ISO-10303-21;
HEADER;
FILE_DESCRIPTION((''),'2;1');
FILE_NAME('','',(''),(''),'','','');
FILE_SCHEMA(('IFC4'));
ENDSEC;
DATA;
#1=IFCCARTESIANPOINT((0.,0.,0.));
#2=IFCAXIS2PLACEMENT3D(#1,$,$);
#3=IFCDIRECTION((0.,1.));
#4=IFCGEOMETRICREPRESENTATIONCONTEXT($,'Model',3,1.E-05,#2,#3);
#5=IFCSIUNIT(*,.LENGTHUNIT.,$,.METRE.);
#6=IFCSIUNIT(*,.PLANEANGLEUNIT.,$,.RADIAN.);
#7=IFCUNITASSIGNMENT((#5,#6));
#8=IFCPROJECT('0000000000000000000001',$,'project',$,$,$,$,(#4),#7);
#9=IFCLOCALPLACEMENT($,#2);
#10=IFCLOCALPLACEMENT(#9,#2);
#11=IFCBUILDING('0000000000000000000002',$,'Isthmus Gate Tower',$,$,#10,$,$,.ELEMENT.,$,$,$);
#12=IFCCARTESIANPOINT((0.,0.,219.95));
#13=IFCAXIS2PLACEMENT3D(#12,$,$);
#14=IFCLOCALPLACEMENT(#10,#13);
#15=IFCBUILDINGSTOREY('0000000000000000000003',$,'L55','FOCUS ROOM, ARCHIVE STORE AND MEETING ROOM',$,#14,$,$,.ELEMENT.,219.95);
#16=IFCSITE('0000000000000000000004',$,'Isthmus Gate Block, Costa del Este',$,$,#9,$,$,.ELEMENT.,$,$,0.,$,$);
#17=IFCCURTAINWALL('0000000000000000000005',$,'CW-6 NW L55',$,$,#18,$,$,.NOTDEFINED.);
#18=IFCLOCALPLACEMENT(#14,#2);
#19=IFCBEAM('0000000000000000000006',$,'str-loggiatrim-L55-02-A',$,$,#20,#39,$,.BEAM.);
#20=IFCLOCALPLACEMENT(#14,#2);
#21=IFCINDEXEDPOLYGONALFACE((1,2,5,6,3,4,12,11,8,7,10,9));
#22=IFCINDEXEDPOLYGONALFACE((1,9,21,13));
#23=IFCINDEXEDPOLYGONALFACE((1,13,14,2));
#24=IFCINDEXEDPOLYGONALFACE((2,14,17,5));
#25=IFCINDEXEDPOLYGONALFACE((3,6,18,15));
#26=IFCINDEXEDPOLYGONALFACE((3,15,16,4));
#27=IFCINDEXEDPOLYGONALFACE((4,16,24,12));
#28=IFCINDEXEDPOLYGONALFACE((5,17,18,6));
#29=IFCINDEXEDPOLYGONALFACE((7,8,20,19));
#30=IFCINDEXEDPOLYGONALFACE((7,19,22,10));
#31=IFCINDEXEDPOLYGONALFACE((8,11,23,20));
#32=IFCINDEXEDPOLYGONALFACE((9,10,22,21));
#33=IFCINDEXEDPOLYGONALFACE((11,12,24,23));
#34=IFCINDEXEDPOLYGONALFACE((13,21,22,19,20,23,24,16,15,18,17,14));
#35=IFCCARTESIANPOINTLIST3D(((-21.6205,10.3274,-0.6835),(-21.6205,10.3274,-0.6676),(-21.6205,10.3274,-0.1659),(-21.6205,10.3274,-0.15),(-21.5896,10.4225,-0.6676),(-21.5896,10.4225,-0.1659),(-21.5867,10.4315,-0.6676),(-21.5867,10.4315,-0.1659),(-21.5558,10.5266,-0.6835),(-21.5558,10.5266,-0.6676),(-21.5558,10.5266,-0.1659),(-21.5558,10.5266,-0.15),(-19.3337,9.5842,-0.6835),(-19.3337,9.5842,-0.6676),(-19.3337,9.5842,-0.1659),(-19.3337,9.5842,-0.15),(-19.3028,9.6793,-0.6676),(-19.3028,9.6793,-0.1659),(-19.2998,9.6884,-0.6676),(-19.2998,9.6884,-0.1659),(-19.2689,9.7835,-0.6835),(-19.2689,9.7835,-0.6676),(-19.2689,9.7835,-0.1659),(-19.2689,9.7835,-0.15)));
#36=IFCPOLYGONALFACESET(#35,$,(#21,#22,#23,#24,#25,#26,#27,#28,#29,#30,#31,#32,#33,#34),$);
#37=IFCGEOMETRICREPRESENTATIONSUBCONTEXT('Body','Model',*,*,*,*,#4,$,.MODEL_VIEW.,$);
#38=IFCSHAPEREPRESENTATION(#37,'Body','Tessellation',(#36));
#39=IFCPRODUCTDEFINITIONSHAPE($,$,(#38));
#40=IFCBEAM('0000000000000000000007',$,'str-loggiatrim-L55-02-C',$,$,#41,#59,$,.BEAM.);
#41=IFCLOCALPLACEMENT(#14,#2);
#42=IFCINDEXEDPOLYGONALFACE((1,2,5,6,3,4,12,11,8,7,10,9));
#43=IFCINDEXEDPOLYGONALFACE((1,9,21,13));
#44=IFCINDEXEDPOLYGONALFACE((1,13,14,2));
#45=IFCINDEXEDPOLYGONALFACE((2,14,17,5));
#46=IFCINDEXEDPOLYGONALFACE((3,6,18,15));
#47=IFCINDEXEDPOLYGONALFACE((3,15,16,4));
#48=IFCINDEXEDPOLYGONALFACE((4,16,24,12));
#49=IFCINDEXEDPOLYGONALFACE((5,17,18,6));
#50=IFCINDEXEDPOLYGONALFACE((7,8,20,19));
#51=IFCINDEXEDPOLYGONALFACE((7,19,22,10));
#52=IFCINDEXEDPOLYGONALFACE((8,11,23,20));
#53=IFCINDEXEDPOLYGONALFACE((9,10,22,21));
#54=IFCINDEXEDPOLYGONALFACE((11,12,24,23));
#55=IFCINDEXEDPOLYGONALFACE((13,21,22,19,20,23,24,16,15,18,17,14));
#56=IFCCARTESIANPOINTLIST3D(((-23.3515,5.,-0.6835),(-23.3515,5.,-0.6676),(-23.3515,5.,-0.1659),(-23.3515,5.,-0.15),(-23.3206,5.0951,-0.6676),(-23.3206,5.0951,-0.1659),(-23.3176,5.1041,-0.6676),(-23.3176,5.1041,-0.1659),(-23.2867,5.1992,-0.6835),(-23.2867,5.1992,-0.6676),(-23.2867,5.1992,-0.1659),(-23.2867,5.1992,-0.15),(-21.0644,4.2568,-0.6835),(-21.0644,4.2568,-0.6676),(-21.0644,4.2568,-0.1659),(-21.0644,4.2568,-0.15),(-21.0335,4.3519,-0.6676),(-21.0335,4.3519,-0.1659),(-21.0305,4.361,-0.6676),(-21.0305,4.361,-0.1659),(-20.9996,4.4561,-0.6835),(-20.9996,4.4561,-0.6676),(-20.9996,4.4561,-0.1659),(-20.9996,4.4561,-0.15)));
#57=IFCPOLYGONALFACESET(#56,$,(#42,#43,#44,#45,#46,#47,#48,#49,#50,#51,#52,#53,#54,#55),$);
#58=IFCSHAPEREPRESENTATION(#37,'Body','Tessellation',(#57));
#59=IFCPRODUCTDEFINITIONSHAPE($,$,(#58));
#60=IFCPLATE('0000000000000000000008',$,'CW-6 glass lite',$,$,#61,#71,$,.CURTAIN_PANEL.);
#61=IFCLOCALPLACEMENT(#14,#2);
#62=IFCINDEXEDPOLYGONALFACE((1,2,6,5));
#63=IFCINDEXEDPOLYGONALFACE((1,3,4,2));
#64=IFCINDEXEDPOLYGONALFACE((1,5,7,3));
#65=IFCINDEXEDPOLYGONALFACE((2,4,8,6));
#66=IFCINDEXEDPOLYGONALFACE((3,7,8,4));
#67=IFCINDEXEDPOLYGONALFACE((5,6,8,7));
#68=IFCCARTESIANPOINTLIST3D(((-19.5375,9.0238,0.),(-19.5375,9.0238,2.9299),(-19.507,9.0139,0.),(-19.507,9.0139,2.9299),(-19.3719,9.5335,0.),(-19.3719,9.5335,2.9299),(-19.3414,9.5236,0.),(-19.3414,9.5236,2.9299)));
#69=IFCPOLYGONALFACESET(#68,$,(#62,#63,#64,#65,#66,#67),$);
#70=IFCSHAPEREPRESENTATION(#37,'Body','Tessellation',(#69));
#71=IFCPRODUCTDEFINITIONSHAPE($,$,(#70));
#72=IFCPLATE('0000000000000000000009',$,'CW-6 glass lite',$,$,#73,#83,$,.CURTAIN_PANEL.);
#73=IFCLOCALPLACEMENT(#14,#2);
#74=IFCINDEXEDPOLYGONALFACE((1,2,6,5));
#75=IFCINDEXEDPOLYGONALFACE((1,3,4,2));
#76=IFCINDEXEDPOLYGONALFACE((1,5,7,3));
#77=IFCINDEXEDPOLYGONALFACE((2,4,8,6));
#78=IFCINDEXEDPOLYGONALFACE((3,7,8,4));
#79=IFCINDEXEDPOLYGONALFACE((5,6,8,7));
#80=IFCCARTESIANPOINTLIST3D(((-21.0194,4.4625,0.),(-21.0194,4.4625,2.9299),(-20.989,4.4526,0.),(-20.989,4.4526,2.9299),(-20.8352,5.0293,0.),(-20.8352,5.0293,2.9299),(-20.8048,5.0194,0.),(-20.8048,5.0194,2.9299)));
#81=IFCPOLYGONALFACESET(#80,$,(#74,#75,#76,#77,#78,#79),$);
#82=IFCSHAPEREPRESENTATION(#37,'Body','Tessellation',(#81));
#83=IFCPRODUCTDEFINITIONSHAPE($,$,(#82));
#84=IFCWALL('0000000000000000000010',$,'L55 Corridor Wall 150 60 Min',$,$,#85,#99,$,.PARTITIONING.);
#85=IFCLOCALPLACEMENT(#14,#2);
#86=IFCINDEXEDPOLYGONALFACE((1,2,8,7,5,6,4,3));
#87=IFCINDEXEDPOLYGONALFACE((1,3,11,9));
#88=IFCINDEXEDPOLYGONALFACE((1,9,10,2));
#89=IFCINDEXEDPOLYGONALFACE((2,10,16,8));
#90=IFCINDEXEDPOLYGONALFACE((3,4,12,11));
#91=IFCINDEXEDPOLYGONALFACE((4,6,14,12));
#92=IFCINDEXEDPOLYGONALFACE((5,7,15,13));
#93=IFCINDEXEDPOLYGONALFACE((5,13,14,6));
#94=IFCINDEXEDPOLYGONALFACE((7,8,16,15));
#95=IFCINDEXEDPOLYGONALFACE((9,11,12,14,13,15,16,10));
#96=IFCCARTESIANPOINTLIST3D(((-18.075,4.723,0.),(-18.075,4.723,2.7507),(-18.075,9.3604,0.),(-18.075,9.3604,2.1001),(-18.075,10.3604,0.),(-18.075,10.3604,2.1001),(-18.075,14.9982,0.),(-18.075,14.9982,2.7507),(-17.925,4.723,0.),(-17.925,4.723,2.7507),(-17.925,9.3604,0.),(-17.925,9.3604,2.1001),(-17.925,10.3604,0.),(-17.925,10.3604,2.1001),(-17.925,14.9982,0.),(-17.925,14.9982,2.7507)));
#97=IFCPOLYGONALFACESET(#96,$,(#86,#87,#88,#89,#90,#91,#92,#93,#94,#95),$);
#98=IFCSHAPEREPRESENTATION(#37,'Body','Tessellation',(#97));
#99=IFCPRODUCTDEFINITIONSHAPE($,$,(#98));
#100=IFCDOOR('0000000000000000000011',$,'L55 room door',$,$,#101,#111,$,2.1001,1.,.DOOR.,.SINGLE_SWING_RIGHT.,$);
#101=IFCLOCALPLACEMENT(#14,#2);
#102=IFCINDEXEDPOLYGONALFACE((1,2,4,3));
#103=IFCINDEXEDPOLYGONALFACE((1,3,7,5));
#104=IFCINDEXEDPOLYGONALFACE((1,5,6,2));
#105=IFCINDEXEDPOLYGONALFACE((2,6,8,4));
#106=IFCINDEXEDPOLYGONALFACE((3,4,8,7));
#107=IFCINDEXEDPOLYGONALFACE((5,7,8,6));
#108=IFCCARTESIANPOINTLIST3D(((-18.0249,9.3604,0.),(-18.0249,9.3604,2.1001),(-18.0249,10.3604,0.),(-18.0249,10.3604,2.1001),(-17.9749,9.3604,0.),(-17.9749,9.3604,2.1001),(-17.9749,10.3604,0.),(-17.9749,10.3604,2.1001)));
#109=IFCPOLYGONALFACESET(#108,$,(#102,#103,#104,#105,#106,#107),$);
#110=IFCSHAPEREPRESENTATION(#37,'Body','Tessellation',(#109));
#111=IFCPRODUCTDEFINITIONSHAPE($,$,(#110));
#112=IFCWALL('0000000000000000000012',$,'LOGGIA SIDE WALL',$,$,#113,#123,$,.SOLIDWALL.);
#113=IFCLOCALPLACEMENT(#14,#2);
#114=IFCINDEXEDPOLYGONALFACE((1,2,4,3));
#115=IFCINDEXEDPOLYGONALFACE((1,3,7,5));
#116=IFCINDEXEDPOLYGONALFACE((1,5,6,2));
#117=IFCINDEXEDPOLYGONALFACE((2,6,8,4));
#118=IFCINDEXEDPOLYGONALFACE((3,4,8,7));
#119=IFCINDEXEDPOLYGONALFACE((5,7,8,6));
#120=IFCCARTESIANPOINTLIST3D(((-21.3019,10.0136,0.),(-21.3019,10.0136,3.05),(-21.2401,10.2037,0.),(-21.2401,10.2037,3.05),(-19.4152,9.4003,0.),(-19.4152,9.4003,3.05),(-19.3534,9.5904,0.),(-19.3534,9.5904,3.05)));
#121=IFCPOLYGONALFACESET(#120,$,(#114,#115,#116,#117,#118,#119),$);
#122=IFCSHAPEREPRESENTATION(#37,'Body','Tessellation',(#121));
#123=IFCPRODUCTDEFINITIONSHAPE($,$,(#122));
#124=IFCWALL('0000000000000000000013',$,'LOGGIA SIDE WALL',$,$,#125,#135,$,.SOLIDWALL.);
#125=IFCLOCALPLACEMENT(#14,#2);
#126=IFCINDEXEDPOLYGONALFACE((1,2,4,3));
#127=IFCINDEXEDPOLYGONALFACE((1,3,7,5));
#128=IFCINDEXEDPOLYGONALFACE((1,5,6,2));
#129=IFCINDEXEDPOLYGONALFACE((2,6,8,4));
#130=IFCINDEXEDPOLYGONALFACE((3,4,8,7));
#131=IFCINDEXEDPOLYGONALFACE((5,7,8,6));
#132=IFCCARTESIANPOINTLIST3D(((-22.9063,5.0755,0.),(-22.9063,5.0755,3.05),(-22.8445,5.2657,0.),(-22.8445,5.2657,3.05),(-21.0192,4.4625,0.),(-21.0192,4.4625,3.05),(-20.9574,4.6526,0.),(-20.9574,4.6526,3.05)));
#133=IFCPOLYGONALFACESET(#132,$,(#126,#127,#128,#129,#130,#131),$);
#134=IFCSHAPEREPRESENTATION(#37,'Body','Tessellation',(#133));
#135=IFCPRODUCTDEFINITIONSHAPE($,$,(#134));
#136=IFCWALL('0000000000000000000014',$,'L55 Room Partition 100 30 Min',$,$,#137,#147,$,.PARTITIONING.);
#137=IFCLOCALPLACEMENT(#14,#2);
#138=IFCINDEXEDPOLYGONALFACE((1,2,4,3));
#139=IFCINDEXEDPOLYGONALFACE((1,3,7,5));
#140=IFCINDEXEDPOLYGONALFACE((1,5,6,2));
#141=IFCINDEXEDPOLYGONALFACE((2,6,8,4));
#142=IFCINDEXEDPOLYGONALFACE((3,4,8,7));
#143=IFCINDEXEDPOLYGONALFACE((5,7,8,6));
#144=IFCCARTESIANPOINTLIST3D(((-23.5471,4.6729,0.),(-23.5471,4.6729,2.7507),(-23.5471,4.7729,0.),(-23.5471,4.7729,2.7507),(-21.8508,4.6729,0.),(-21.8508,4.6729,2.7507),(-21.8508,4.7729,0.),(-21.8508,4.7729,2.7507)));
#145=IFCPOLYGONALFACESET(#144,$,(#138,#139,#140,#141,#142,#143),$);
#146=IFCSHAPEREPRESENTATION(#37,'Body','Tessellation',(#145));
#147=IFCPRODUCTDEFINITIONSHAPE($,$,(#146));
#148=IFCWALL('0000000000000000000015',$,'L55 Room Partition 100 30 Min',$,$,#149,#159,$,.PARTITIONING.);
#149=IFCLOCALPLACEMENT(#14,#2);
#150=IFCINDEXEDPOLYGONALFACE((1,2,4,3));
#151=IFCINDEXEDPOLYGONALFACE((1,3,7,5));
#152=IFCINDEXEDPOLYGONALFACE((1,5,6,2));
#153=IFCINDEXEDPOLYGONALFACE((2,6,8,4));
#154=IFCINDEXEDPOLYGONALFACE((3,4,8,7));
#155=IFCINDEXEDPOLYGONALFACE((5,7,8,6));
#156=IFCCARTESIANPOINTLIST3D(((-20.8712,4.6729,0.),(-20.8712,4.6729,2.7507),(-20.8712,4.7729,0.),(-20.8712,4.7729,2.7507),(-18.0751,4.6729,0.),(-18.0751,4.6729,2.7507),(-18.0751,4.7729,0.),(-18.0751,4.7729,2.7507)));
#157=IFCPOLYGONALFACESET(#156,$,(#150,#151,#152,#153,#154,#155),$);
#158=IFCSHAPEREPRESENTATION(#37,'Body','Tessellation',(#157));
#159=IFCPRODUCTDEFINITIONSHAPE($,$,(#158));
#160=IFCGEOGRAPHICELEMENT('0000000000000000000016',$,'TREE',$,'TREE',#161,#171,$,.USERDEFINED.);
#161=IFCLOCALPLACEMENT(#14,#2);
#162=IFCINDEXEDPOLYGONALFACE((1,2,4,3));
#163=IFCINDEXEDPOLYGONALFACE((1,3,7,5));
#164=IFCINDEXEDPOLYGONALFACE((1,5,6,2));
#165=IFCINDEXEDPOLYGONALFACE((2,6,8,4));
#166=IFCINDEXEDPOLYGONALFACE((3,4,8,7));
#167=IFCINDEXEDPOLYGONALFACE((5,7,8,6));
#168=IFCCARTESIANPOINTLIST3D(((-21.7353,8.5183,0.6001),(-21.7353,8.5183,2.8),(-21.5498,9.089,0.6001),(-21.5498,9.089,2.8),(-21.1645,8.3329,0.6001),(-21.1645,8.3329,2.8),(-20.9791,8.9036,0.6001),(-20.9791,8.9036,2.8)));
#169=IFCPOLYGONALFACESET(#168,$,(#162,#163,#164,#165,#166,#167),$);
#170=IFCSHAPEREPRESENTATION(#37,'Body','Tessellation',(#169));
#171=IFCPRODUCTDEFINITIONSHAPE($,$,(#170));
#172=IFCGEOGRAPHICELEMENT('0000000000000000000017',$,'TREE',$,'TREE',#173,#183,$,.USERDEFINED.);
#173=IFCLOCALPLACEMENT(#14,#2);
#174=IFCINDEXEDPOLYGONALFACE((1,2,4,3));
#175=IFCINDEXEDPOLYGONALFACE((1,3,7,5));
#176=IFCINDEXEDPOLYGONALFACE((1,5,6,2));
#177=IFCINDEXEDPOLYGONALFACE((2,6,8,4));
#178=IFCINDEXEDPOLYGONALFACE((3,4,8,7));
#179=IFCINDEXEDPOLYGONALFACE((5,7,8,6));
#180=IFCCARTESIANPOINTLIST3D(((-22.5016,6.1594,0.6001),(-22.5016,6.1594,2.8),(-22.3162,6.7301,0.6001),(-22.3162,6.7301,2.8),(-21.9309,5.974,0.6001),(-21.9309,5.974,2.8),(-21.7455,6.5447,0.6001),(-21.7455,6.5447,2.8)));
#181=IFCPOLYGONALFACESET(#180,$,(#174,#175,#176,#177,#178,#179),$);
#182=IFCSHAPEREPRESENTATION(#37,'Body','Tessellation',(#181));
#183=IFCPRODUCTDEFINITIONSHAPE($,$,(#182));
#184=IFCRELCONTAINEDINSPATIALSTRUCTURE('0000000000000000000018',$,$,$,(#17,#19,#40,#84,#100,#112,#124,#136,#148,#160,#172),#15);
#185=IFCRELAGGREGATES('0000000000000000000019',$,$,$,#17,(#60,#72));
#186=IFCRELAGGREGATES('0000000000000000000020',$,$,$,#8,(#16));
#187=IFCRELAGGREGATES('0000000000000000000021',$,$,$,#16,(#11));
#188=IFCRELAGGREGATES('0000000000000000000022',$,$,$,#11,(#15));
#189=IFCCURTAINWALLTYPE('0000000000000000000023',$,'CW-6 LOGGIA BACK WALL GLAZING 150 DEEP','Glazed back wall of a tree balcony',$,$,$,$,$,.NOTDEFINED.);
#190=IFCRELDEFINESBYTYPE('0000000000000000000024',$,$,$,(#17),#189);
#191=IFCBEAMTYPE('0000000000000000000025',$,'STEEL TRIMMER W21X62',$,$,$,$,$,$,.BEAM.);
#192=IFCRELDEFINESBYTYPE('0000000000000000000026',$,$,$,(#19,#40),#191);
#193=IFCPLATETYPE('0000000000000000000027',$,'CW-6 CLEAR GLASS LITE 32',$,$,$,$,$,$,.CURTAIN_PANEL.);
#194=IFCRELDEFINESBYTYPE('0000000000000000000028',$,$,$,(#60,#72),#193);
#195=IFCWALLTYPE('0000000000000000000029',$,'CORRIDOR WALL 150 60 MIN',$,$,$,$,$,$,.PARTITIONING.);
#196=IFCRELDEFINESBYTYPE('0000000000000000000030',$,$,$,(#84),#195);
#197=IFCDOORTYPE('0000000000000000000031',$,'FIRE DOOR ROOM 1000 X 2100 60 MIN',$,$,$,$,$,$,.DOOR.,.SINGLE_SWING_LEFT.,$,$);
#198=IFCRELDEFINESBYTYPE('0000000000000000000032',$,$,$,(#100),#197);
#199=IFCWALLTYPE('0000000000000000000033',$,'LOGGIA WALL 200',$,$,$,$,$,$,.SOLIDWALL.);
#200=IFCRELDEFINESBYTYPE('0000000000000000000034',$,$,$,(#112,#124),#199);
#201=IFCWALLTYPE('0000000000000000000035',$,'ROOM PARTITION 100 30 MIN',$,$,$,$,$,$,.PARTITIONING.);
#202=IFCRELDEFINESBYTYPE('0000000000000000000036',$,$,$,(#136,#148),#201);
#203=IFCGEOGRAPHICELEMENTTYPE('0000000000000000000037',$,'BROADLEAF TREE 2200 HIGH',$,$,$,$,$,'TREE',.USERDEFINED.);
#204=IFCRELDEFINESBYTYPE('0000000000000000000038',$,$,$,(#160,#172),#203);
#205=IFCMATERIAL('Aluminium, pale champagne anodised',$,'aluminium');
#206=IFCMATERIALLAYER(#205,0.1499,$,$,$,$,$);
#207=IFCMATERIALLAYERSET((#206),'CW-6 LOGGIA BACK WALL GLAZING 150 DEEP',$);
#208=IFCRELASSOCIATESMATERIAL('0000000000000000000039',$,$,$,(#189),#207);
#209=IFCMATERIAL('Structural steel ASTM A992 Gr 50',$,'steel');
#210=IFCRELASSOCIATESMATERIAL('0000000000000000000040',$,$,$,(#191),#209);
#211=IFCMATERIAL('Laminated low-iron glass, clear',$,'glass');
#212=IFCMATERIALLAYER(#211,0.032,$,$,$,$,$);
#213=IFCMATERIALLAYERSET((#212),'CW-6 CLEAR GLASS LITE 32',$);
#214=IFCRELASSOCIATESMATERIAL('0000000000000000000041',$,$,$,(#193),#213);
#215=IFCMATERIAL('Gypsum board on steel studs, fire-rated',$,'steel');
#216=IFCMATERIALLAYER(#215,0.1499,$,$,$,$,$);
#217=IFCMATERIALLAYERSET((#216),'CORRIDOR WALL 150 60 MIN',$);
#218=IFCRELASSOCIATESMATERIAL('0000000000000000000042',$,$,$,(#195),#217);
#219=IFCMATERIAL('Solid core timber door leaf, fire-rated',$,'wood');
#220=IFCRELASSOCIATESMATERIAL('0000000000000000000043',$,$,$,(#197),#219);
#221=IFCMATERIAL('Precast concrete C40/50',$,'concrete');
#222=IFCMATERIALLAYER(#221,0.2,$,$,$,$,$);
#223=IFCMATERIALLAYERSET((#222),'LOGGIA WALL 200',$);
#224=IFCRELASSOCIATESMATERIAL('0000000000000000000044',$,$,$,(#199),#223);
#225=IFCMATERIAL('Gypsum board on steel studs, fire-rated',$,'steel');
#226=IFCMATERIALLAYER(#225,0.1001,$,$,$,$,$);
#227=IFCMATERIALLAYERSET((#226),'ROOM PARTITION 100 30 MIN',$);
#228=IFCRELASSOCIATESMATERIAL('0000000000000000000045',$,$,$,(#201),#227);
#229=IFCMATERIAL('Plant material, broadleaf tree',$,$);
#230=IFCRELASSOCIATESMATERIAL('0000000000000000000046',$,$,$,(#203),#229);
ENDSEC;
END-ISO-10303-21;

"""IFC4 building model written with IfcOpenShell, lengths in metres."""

from ifc_helpers import new_model, si_unit, direction, frame, frame_2d, origin, origin_2d, place, context, subcontext, project, spatial, rectangle, i_section, extrude, material, layer, layer_set, material_profile, profile_set, type_object, element, fill, aggregate, save


model = new_model("IFC4")

# Units and contexts
model_context = context("Model", 3, precision=1e-05, world=origin(), true_north=direction((0.0, 1.0)))
body_context = subcontext(model_context, "Body", "Model", "MODEL_VIEW")
ifc_project = project(units=[si_unit("LENGTHUNIT", "METRE"), si_unit("PLANEANGLEUNIT", "RADIAN")], contexts=[model_context])

# Site, building, storey
site_placement = place(None, origin())
site = spatial("IfcSite", under=ifc_project, at=site_placement, Name="Isthmus Gate Block, Costa del Este", CompositionType="ELEMENT", RefElevation=0.0)
building_placement = place(site_placement, origin())
building = spatial("IfcBuilding", under=site, at=building_placement, Name="Isthmus Gate Tower", CompositionType="ELEMENT")
storey_placement = place(building_placement, frame((0.0, 0.0, 219.95)))
storey = spatial("IfcBuildingStorey", under=building, at=storey_placement, Name="L55", Description="FOCUS ROOM, ARCHIVE STORE AND MEETING ROOM", CompositionType="ELEMENT", Elevation=219.95)

# Curtain wall
ifc_material_1 = material(Name="Aluminium, pale champagne anodised", Category="aluminium")
ifc_layer_1 = layer(ifc_material_1, 0.1499)
ifc_layer_set_1 = layer_set([ifc_layer_1], Name="CW-6 LOGGIA BACK WALL GLAZING 150 DEEP")
curtain_wall_type_1 = type_object("IfcCurtainWallType", Name="CW-6 LOGGIA BACK WALL GLAZING 150 DEEP", Description="Glazed back wall of a tree balcony", PredefinedType="NOTDEFINED", material=ifc_layer_set_1)
curtain_wall_1_placement = place(storey_placement, origin())
curtain_wall_1 = element("IfcCurtainWall", 1, at=curtain_wall_1_placement, inside=storey, type_object=curtain_wall_type_1, Name="CW-6 NW L55", PredefinedType="NOTDEFINED")

# Beams
ifc_material_2 = material(Name="Structural steel ASTM A992 Gr 50", Category="steel")
ifc_material_profile_1 = material_profile(ifc_material_2, i_section(OverallWidth=0.2095, OverallDepth=0.5334, WebThickness=0.0095, FlangeThickness=0.0159, at=origin_2d()), Name="W21X62")
ifc_profile_set_1 = profile_set([ifc_material_profile_1], Name="Structural steel ASTM A992 Gr 50")
beam_type_1 = type_object("IfcBeamType", Name="STEEL TRIMMER W21X62", PredefinedType="BEAM", material=ifc_profile_set_1)
beam_1_placement = place(storey_placement, frame((-21.5881, 10.427, -0.4167), z_axis=(0.951042, -0.309061, 0.0), x_axis=(0.309061, 0.951042, 0.0)))
element("IfcBeam", 2, at=beam_1_placement, inside=storey, type_object=beam_type_1, Name="str-loggiatrim-L55-02-A", PredefinedType="BEAM", context=body_context, shape_type="SweptSolid", body=[
    extrude(i_section(OverallWidth=0.2095, OverallDepth=0.5334, WebThickness=0.0095, FlangeThickness=0.0159, at=origin_2d()), origin(), (0.0, 0.0, 1.0), 2.4045),
])
beam_2_placement = place(storey_placement, frame((-23.3191, 5.0996, -0.4167), z_axis=(0.951052, -0.309031, 0.0), x_axis=(0.309031, 0.951052, 0.0)))
element("IfcBeam", 3, at=beam_2_placement, inside=storey, type_object=beam_type_1, Name="str-loggiatrim-L55-02-C", PredefinedType="BEAM", context=body_context, shape_type="SweptSolid", body=[
    extrude(i_section(OverallWidth=0.2095, OverallDepth=0.5334, WebThickness=0.0095, FlangeThickness=0.0159, at=origin_2d()), origin(), (0.0, 0.0, 1.0), 2.4048),
])

# Plates
ifc_material_3 = material(Name="Laminated low-iron glass, clear", Category="glass")
ifc_layer_2 = layer(ifc_material_3, 0.032)
ifc_layer_set_2 = layer_set([ifc_layer_2], Name="CW-6 CLEAR GLASS LITE 32")
plate_type = type_object("IfcPlateType", Name="CW-6 CLEAR GLASS LITE 32", PredefinedType="CURTAIN_PANEL", material=ifc_layer_set_2)
plate_1_placement = place(storey_placement, frame((-19.4395, 9.2737, 0.0), z_axis=(0.0, 0.0, 1.0), x_axis=(-0.309017, -0.951057, 0.0)))
plate_1 = element("IfcPlate", 4, at=plate_1_placement, type_object=plate_type, Name="CW-6 glass lite", PredefinedType="CURTAIN_PANEL", context=body_context, shape_type="SweptSolid", body=[
    extrude(rectangle(XDim=0.5359, YDim=0.032, at=origin_2d()), origin(), (0.0, 0.0, 1.0), 2.9299),
])
plate_2_placement = place(storey_placement, frame((-20.9121, 4.741, 0.0), z_axis=(0.0, 0.0, 1.0), x_axis=(-0.309017, -0.951057, 0.0)))
plate_2 = element("IfcPlate", 5, at=plate_2_placement, type_object=plate_type, Name="CW-6 glass lite", PredefinedType="CURTAIN_PANEL", context=body_context, shape_type="SweptSolid", body=[
    extrude(rectangle(XDim=0.5959, YDim=0.032, at=origin_2d()), origin(), (0.0, 0.0, 1.0), 2.9299),
])
aggregate(curtain_wall_1, [plate_1, plate_2])

# Wall, opening, door
ifc_material_4 = material(Name="Gypsum board on steel studs, fire-rated", Category="steel")
ifc_layer_3 = layer(ifc_material_4, 0.1499)
ifc_layer_set_3 = layer_set([ifc_layer_3], Name="CORRIDOR WALL 150 60 MIN")
wall_type_1 = type_object("IfcWallType", Name="CORRIDOR WALL 150 60 MIN", PredefinedType="PARTITIONING", material=ifc_layer_set_3)
wall_1_placement = place(storey_placement, frame((-18.0, 4.7229, 0.0), z_axis=(0.0, 0.0, 1.0), x_axis=(0.0, 1.0, 0.0)))
wall_1 = element("IfcWall", 6, at=wall_1_placement, inside=storey, type_object=wall_type_1, Name="L55 Corridor Wall 150 60 Min", PredefinedType="PARTITIONING", context=body_context, shape_type="SweptSolid", body=[
    extrude(rectangle(XDim=10.2751, YDim=0.1499, at=frame_2d((5.1377, 0.0))), origin(), (0.0, 0.0, 1.0), 2.7507),
])
opening_1_placement = place(wall_1_placement, frame((4.6375, 0.0, 0.0)))
opening_1 = element("IfcOpeningElement", 7, at=opening_1_placement, cuts=wall_1, PredefinedType="OPENING", context=body_context, shape_type="SweptSolid", body=[
    extrude(rectangle(XDim=1.0, YDim=2.1001, at=frame_2d((0.5, 1.05))), frame((0.0, 0.085, 0.0), z_axis=(0.0, -1.0, 0.0), x_axis=(1.0, 0.0, 0.0)), (0.0, 0.0, 1.0), 0.1699),
])
ifc_material_5 = material(Name="Solid core timber door leaf, fire-rated", Category="wood")
door_type_1 = type_object("IfcDoorType", Name="FIRE DOOR ROOM 1000 X 2100 60 MIN", OperationType="SINGLE_SWING_LEFT", PredefinedType="DOOR", material=ifc_material_5)
door_1_placement = place(opening_1_placement, origin())
door_1 = element("IfcDoor", 8, at=door_1_placement, inside=storey, type_object=door_type_1, Name="L55 room door", OperationType="SINGLE_SWING_RIGHT", OverallHeight=2.1001, OverallWidth=1.0, PredefinedType="DOOR", context=body_context, shape_type="SweptSolid", body=[
    extrude(rectangle(XDim=1.0, YDim=2.1001, at=frame_2d((0.5, 1.05))), frame((0.0, 0.0249, 0.0), z_axis=(0.0, -1.0, 0.0), x_axis=(1.0, 0.0, 0.0)), (0.0, 0.0, 1.0), 0.05),
])
fill(opening_1, door_1)
ifc_material_6 = material(Name="Precast concrete C40/50", Category="concrete")
ifc_layer_4 = layer(ifc_material_6, 0.2)
ifc_layer_set_4 = layer_set([ifc_layer_4], Name="LOGGIA WALL 200")
wall_type_2 = type_object("IfcWallType", Name="LOGGIA WALL 200", PredefinedType="SOLIDWALL", material=ifc_layer_set_4)

# Walls
wall_2_placement = place(storey_placement, frame((-21.271, 10.1086, 0.0), z_axis=(0.0, 0.0, 1.0), x_axis=(0.95102, -0.309131, 0.0)))
element("IfcWall", 9, at=wall_2_placement, inside=storey, type_object=wall_type_2, Name="LOGGIA SIDE WALL", PredefinedType="SOLIDWALL", context=body_context, shape_type="SweptSolid", body=[
    extrude(rectangle(XDim=1.9839, YDim=0.2, at=frame_2d((0.9919, 0.0))), origin(), (0.0, 0.0, 1.0), 3.05),
])
wall_3_placement = place(storey_placement, frame((-22.8755, 5.1707, 0.0), z_axis=(0.0, 0.0, 1.0), x_axis=(0.951068, -0.308983, 0.0)))
element("IfcWall", 10, at=wall_3_placement, inside=storey, type_object=wall_type_2, Name="LOGGIA SIDE WALL", PredefinedType="SOLIDWALL", context=body_context, shape_type="SweptSolid", body=[
    extrude(rectangle(XDim=1.9841, YDim=0.2, at=frame_2d((0.9922, 0.0))), origin(), (0.0, 0.0, 1.0), 3.05),
])
ifc_material_7 = material(Name="Gypsum board on steel studs, fire-rated", Category="steel")
ifc_layer_5 = layer(ifc_material_7, 0.1001)
ifc_layer_set_5 = layer_set([ifc_layer_5], Name="ROOM PARTITION 100 30 MIN")
wall_type_3 = type_object("IfcWallType", Name="ROOM PARTITION 100 30 MIN", PredefinedType="PARTITIONING", material=ifc_layer_set_5)
wall_4_placement = place(storey_placement, frame((-23.5471, 4.7229, 0.0), z_axis=(0.0, 0.0, 1.0), x_axis=(1.0, 0.0, 0.0)))
element("IfcWall", 11, at=wall_4_placement, inside=storey, type_object=wall_type_3, Name="L55 Room Partition 100 30 Min", PredefinedType="PARTITIONING", context=body_context, shape_type="SweptSolid", body=[
    extrude(rectangle(XDim=1.6963, YDim=0.1001, at=frame_2d((0.8481, 0.0))), origin(), (0.0, 0.0, 1.0), 2.7507),
])
wall_5_placement = place(storey_placement, frame((-20.8711, 4.7229, 0.0), z_axis=(0.0, 0.0, 1.0), x_axis=(1.0, 0.0, 0.0)))
element("IfcWall", 12, at=wall_5_placement, inside=storey, type_object=wall_type_3, Name="L55 Room Partition 100 30 Min", PredefinedType="PARTITIONING", context=body_context, shape_type="SweptSolid", body=[
    extrude(rectangle(XDim=2.7961, YDim=0.1001, at=frame_2d((1.3979, 0.0))), origin(), (0.0, 0.0, 1.0), 2.7507),
])

# Geographic elements
ifc_material_8 = material(Name="Plant material, broadleaf tree")
geographic_element_type = type_object("IfcGeographicElementType", Name="BROADLEAF TREE 2200 HIGH", ElementType="TREE", PredefinedType="USERDEFINED", material=ifc_material_8)
for number, where, z_axis, x_axis, name in (
    (13, (-21.3572, 8.7109, 0.6001), (0.0, 0.0, 1.0), (-0.309017, -0.951057, 0.0), "TREE"),
    (14, (-22.1235, 6.3521, 0.6001), (0.0, 0.0, 1.0), (-0.309017, -0.951057, 0.0), "TREE"),
):
    element("IfcGeographicElement", number, at=place(storey_placement, frame(where, z_axis=z_axis, x_axis=x_axis)), inside=storey, type_object=geographic_element_type, Name=name, ObjectType="TREE", PredefinedType="USERDEFINED", context=body_context, shape_type="SweptSolid", body=[
        extrude(rectangle(XDim=0.6001, YDim=0.6001, at=origin_2d()), origin(), (0.0, 0.0, 1.0), 2.2),
    ])

save(model, "model.ifc")
